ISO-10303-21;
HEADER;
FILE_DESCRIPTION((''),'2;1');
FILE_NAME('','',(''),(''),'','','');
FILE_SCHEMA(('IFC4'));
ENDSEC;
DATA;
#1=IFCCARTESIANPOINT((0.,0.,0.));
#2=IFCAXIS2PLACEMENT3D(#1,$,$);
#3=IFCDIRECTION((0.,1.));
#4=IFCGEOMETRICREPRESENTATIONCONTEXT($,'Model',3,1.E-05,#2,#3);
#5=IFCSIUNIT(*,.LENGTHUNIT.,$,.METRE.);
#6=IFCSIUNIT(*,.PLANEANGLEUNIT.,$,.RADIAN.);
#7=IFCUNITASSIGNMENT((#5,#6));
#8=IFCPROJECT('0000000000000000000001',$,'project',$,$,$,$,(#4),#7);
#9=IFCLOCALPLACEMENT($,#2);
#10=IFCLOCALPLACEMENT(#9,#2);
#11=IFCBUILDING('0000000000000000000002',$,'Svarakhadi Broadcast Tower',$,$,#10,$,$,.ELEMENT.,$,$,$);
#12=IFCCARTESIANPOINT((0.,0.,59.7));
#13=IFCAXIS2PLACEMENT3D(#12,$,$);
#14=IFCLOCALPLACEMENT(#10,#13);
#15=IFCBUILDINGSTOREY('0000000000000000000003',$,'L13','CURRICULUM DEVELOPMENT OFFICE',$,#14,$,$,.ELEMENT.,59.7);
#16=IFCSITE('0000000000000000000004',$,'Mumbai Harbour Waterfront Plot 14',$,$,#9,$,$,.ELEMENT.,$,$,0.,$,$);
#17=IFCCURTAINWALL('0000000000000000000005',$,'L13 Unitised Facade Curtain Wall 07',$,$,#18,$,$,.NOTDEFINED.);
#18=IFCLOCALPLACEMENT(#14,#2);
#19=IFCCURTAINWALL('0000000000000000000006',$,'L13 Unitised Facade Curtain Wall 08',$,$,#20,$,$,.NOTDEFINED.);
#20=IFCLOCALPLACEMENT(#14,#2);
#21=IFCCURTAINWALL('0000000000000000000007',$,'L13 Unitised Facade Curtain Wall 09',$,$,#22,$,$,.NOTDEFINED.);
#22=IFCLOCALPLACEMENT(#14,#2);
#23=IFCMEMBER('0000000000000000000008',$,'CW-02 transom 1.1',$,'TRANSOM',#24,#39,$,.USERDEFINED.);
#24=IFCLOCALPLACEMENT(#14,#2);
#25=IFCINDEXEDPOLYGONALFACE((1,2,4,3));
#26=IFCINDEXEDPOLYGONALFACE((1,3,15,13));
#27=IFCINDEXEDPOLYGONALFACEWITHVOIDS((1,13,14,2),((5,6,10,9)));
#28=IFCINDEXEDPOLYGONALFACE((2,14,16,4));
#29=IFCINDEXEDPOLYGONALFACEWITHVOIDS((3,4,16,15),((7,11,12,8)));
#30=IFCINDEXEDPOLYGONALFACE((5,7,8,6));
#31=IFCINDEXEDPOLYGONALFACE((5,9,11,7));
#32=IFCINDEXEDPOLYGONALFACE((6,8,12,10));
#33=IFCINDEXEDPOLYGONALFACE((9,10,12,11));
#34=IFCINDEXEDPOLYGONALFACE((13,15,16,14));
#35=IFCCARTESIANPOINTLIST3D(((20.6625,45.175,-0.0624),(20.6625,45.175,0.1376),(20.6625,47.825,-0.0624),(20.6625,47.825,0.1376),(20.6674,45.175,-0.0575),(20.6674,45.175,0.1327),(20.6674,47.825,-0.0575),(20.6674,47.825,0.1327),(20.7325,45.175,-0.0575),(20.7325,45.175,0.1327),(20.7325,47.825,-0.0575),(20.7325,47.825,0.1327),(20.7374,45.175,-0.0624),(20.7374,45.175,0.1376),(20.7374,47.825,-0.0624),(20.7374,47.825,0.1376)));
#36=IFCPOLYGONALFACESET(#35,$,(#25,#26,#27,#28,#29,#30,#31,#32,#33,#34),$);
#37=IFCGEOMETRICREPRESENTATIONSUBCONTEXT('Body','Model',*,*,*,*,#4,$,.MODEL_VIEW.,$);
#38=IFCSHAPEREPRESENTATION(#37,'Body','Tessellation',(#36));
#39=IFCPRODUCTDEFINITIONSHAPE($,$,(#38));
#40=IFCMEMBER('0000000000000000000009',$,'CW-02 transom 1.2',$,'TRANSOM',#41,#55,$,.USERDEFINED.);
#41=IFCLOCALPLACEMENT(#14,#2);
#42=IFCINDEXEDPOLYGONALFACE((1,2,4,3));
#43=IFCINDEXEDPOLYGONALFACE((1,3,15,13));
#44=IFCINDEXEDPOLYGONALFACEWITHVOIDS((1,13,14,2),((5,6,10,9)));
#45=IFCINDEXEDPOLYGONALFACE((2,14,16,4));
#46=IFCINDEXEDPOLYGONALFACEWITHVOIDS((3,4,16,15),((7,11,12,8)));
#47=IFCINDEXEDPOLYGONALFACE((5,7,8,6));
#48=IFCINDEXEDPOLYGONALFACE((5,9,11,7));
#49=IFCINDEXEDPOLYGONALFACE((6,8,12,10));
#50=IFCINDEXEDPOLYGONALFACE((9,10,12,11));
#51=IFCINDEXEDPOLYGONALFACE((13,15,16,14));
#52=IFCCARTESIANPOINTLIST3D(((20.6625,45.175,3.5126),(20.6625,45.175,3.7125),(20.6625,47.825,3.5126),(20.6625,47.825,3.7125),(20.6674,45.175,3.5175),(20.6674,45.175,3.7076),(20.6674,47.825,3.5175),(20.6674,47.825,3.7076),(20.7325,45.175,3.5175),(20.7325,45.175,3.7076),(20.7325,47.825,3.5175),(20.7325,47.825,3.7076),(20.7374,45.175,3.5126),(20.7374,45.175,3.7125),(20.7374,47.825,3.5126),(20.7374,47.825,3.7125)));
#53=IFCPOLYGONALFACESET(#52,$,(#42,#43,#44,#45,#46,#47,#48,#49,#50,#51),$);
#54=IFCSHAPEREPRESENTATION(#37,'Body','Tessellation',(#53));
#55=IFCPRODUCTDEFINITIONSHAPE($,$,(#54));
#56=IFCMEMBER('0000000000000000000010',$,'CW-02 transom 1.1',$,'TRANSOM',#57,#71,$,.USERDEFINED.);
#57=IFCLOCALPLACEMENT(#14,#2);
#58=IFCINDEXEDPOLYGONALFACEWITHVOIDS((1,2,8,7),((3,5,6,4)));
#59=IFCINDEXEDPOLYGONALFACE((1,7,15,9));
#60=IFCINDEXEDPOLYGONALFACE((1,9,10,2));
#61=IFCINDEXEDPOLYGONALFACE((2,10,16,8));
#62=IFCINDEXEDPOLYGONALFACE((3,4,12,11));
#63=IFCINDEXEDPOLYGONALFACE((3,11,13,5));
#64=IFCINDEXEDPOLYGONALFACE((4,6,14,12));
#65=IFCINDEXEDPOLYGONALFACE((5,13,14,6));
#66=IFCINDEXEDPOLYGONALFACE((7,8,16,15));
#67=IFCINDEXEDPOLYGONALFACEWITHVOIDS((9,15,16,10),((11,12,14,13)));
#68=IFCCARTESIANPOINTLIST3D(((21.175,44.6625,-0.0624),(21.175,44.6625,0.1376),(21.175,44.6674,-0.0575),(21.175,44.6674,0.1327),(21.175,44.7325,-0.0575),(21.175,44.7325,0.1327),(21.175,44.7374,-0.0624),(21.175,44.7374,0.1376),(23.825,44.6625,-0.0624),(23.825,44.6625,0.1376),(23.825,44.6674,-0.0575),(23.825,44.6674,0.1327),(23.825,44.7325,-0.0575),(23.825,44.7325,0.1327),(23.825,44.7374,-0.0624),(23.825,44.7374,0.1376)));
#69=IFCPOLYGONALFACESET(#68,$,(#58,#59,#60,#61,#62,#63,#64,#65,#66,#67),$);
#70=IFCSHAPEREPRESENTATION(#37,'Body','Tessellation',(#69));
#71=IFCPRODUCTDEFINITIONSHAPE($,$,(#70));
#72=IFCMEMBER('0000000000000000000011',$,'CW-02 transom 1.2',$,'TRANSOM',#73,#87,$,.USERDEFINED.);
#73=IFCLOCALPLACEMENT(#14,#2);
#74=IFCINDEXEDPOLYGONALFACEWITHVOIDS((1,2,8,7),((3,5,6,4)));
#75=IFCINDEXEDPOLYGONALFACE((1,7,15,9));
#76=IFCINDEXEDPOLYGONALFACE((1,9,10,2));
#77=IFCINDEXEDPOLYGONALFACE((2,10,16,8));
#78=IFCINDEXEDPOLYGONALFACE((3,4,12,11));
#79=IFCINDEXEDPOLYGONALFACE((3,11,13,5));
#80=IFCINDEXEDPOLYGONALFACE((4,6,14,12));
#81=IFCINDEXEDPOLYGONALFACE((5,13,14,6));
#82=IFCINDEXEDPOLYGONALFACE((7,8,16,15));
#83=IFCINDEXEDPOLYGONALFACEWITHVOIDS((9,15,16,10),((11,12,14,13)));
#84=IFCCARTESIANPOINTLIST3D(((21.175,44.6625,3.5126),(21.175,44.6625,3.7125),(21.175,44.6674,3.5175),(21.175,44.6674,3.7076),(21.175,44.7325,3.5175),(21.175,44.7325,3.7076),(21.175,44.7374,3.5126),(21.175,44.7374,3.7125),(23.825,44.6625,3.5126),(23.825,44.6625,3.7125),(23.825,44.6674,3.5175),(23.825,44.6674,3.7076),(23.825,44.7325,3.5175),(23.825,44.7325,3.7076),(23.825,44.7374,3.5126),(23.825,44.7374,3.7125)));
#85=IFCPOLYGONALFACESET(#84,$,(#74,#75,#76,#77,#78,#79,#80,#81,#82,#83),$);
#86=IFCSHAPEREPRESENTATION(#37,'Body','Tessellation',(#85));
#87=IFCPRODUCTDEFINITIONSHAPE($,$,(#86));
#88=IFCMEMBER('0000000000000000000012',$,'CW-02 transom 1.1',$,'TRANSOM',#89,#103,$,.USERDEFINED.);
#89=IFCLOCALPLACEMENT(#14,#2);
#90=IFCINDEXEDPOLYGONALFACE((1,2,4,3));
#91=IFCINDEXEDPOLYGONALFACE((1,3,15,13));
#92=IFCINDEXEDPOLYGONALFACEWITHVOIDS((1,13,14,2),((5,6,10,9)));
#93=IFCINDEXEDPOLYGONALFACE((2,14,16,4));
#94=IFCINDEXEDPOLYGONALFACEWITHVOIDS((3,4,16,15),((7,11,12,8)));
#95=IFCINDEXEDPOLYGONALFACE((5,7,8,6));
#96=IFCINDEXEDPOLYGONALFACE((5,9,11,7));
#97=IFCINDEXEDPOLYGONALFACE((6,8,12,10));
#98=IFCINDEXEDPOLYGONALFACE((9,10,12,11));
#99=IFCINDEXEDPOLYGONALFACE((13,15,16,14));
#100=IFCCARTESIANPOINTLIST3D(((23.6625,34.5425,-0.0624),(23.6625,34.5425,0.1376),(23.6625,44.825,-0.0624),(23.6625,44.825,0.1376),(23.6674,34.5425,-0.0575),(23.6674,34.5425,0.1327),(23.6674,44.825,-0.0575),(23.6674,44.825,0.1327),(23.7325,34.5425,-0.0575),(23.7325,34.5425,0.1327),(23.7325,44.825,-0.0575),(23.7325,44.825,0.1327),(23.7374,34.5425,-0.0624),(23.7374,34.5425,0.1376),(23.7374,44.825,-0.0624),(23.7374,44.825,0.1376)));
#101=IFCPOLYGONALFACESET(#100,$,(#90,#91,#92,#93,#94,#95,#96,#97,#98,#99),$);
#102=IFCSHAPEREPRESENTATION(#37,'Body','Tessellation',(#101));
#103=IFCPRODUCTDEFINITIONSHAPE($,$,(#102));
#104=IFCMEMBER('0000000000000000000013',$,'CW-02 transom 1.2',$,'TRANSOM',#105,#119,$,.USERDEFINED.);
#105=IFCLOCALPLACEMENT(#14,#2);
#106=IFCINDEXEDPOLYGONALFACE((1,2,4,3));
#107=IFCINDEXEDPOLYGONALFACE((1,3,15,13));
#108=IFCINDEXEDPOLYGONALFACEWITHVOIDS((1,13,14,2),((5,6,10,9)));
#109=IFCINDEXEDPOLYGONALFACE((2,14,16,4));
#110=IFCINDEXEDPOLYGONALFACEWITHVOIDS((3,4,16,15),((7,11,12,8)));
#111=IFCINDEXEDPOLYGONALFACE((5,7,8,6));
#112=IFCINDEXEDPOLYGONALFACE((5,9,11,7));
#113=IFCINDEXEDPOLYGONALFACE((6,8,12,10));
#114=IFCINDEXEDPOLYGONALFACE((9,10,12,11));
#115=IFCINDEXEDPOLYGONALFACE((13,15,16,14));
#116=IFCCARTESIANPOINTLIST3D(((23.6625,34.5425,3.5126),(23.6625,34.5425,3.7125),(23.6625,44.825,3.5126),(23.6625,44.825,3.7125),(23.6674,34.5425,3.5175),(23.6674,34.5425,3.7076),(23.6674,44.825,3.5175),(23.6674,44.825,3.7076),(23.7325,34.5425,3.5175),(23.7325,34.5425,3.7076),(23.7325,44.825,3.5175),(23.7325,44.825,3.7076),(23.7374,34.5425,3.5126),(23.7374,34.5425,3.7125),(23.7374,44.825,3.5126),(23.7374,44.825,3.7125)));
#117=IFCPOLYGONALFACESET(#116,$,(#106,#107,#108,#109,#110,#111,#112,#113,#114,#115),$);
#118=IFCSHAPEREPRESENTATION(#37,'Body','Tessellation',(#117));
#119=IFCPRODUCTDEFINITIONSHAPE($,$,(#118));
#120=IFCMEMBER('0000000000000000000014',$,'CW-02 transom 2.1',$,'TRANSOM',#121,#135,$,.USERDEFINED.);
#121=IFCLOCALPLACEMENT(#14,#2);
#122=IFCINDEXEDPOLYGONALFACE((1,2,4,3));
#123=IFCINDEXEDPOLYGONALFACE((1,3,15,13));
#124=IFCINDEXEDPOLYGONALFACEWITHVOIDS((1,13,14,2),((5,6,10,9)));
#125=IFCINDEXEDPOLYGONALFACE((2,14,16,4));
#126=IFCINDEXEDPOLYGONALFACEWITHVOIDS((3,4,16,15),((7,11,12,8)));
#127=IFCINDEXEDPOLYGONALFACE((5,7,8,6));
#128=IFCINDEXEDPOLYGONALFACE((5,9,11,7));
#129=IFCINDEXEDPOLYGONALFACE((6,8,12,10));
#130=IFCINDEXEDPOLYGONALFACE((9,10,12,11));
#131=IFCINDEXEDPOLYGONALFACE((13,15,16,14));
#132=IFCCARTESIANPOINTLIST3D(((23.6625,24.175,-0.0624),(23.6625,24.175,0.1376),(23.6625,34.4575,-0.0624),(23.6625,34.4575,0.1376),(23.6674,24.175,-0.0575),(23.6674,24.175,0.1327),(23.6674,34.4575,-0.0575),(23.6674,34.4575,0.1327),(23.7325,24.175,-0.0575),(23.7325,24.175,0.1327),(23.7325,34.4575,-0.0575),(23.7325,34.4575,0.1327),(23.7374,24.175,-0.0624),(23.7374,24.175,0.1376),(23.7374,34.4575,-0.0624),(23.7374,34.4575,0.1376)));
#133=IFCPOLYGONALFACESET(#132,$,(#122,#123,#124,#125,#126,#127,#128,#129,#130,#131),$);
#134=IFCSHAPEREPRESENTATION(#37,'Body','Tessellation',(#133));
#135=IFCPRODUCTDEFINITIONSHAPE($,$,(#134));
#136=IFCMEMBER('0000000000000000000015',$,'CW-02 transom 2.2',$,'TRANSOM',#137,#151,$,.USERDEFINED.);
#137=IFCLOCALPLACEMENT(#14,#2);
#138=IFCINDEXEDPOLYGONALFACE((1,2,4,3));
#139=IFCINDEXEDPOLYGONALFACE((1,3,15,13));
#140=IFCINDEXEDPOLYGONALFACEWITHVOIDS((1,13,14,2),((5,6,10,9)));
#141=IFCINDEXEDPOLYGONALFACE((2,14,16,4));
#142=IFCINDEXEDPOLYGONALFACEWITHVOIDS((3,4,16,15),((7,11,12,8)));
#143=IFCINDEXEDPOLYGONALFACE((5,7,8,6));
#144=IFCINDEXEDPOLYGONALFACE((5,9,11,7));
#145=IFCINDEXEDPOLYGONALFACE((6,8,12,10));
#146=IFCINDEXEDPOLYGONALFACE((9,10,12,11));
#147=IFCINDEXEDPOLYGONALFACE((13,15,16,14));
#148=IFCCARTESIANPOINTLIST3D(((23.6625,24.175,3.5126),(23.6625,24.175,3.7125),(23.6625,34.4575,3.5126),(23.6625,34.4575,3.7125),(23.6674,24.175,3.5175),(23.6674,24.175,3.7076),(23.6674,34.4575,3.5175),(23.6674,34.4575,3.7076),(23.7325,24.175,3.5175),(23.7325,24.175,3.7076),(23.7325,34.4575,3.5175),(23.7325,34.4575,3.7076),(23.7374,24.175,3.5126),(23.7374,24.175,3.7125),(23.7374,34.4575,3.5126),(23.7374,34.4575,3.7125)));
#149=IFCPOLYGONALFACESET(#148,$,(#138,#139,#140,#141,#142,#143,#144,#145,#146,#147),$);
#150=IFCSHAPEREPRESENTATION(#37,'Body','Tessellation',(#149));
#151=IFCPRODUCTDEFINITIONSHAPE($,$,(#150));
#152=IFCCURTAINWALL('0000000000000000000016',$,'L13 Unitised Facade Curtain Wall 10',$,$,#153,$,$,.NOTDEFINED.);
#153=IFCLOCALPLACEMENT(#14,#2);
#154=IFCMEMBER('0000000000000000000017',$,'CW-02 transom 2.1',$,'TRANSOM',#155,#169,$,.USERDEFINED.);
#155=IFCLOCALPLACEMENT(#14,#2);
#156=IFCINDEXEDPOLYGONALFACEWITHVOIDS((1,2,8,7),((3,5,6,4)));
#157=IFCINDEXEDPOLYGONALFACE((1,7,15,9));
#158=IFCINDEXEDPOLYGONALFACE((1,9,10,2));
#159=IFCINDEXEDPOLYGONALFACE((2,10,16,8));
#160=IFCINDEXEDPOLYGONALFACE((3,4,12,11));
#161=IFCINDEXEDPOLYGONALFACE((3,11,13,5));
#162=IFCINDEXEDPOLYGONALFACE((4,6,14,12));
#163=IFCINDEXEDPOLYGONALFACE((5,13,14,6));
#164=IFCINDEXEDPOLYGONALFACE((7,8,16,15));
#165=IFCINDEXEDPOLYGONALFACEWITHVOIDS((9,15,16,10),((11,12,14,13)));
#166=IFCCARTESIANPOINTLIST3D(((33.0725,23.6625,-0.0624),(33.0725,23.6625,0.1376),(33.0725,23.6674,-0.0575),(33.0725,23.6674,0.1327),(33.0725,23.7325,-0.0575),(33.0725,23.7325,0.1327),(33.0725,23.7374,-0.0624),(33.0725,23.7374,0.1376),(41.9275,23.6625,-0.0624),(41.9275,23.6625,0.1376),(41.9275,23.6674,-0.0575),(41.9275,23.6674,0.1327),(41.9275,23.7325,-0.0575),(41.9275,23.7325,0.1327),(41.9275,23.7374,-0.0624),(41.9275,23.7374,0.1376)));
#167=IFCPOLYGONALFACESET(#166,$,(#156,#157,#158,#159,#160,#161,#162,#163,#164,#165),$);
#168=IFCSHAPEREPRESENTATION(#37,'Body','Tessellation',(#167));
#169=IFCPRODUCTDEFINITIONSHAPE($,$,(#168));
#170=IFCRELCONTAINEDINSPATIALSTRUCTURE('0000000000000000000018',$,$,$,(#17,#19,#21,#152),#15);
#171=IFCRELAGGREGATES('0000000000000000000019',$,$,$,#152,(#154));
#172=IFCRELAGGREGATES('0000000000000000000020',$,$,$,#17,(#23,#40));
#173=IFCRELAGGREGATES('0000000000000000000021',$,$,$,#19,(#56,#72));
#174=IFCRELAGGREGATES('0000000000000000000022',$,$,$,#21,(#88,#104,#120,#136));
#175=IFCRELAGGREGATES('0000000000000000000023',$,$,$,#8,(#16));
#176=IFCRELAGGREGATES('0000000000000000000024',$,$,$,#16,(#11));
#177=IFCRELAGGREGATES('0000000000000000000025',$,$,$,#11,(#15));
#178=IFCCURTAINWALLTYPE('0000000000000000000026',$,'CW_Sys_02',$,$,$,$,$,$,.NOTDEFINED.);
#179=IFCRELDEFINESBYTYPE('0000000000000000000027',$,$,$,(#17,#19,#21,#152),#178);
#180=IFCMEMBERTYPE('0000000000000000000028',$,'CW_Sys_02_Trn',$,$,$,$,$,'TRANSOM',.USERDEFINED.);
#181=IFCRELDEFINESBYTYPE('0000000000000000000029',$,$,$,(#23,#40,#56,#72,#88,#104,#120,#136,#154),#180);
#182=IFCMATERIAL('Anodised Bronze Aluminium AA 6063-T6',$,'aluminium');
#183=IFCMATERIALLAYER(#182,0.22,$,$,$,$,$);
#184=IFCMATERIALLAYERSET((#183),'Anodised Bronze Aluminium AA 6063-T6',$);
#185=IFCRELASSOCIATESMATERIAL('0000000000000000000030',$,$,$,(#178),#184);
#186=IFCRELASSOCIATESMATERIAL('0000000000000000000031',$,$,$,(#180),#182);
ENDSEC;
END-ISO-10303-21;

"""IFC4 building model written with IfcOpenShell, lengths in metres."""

from ifc_helpers import new_model, si_unit, direction, frame, origin, origin_2d, place, context, subcontext, project, spatial, hollow_rectangle, extrude, material, layer, layer_set, material_profile, profile_set, type_object, element, aggregate, save


model = new_model("IFC4")

# Units and contexts
model_context = context("Model", 3, precision=1e-05, world=origin(), true_north=direction((0.0, 1.0)))
body_context = subcontext(model_context, "Body", "Model", "MODEL_VIEW")
ifc_project = project(units=[si_unit("LENGTHUNIT", "METRE"), si_unit("PLANEANGLEUNIT", "RADIAN")], contexts=[model_context])

# Site, building, storey
site_placement = place(None, origin())
site = spatial("IfcSite", under=ifc_project, at=site_placement, Name="Mumbai Harbour Waterfront Plot 14", CompositionType="ELEMENT", RefElevation=0.0)
building_placement = place(site_placement, origin())
building = spatial("IfcBuilding", under=site, at=building_placement, Name="Svarakhadi Broadcast Tower", CompositionType="ELEMENT")
storey_placement = place(building_placement, frame((0.0, 0.0, 59.7)))
storey = spatial("IfcBuildingStorey", under=building, at=storey_placement, Name="L13", Description="CURRICULUM DEVELOPMENT OFFICE", CompositionType="ELEMENT", Elevation=59.7)

# Curtain walls
ifc_material_1 = material(Name="Anodised Bronze Aluminium AA 6063-T6", Category="aluminium")
ifc_layer_1 = layer(ifc_material_1, 0.22)
ifc_layer_set_1 = layer_set([ifc_layer_1], Name="Anodised Bronze Aluminium AA 6063-T6")
curtain_wall_type = type_object("IfcCurtainWallType", Name="CW_Sys_02", PredefinedType="NOTDEFINED", material=ifc_layer_set_1)
curtain_wall_1_placement = place(storey_placement, origin())
curtain_wall_1 = element("IfcCurtainWall", 1, at=curtain_wall_1_placement, inside=storey, type_object=curtain_wall_type, Name="L13 Unitised Facade Curtain Wall 07", PredefinedType="NOTDEFINED")
curtain_wall_2_placement = place(storey_placement, origin())
curtain_wall_2 = element("IfcCurtainWall", 2, at=curtain_wall_2_placement, inside=storey, type_object=curtain_wall_type, Name="L13 Unitised Facade Curtain Wall 08", PredefinedType="NOTDEFINED")
curtain_wall_3_placement = place(storey_placement, origin())
curtain_wall_3 = element("IfcCurtainWall", 3, at=curtain_wall_3_placement, inside=storey, type_object=curtain_wall_type, Name="L13 Unitised Facade Curtain Wall 09", PredefinedType="NOTDEFINED")

# Members
ifc_material_profile_1 = material_profile(ifc_material_1, hollow_rectangle(XDim=0.075, YDim=0.2, WallThickness=0.0049, at=origin_2d()), Name="ALU TRANSOM 200x75x5")
ifc_profile_set_1 = profile_set([ifc_material_profile_1], Name="Anodised Bronze Aluminium AA 6063-T6")
member_type_1 = type_object("IfcMemberType", Name="CW_Sys_02_Trn", ElementType="TRANSOM", PredefinedType="USERDEFINED", material=ifc_profile_set_1)
member_1_placement = place(storey_placement, frame((20.7, 47.825, 0.0376), z_axis=(0.0, -1.0, 0.0), x_axis=(1.0, 0.0, 0.0)))
member_1 = element("IfcMember", 4, at=member_1_placement, type_object=member_type_1, Name="CW-02 transom 1.1", ObjectType="TRANSOM", PredefinedType="USERDEFINED", context=body_context, shape_type="SweptSolid", body=[
    extrude(hollow_rectangle(XDim=0.075, YDim=0.2, WallThickness=0.0049, at=origin_2d()), origin(), (0.0, 0.0, 1.0), 2.6499),
])
member_2_placement = place(storey_placement, frame((20.7, 47.825, 3.6125), z_axis=(0.0, -1.0, 0.0), x_axis=(1.0, 0.0, 0.0)))
member_2 = element("IfcMember", 5, at=member_2_placement, type_object=member_type_1, Name="CW-02 transom 1.2", ObjectType="TRANSOM", PredefinedType="USERDEFINED", context=body_context, shape_type="SweptSolid", body=[
    extrude(hollow_rectangle(XDim=0.075, YDim=0.2, WallThickness=0.0049, at=origin_2d()), origin(), (0.0, 0.0, 1.0), 2.6499),
])
member_3_placement = place(storey_placement, frame((21.175, 44.7, 0.0376), z_axis=(1.0, 0.0, 0.0), x_axis=(0.0, 1.0, 0.0)))
member_3 = element("IfcMember", 6, at=member_3_placement, type_object=member_type_1, Name="CW-02 transom 1.1", ObjectType="TRANSOM", PredefinedType="USERDEFINED", context=body_context, shape_type="SweptSolid", body=[
    extrude(hollow_rectangle(XDim=0.075, YDim=0.2, WallThickness=0.0049, at=origin_2d()), origin(), (0.0, 0.0, 1.0), 2.6499),
])
member_4_placement = place(storey_placement, frame((21.175, 44.7, 3.6125), z_axis=(1.0, 0.0, 0.0), x_axis=(0.0, 1.0, 0.0)))
member_4 = element("IfcMember", 7, at=member_4_placement, type_object=member_type_1, Name="CW-02 transom 1.2", ObjectType="TRANSOM", PredefinedType="USERDEFINED", context=body_context, shape_type="SweptSolid", body=[
    extrude(hollow_rectangle(XDim=0.075, YDim=0.2, WallThickness=0.0049, at=origin_2d()), origin(), (0.0, 0.0, 1.0), 2.6499),
])
member_5_placement = place(storey_placement, frame((23.7, 44.825, 0.0376), z_axis=(0.0, -1.0, 0.0), x_axis=(1.0, 0.0, 0.0)))
member_5 = element("IfcMember", 8, at=member_5_placement, type_object=member_type_1, Name="CW-02 transom 1.1", ObjectType="TRANSOM", PredefinedType="USERDEFINED", context=body_context, shape_type="SweptSolid", body=[
    extrude(hollow_rectangle(XDim=0.075, YDim=0.2, WallThickness=0.0049, at=origin_2d()), origin(), (0.0, 0.0, 1.0), 10.2825),
])
member_6_placement = place(storey_placement, frame((23.7, 44.825, 3.6125), z_axis=(0.0, -1.0, 0.0), x_axis=(1.0, 0.0, 0.0)))
member_6 = element("IfcMember", 9, at=member_6_placement, type_object=member_type_1, Name="CW-02 transom 1.2", ObjectType="TRANSOM", PredefinedType="USERDEFINED", context=body_context, shape_type="SweptSolid", body=[
    extrude(hollow_rectangle(XDim=0.075, YDim=0.2, WallThickness=0.0049, at=origin_2d()), origin(), (0.0, 0.0, 1.0), 10.2825),
])
member_7_placement = place(storey_placement, frame((23.7, 34.4575, 0.0376), z_axis=(0.0, -1.0, 0.0), x_axis=(1.0, 0.0, 0.0)))
member_7 = element("IfcMember", 10, at=member_7_placement, type_object=member_type_1, Name="CW-02 transom 2.1", ObjectType="TRANSOM", PredefinedType="USERDEFINED", context=body_context, shape_type="SweptSolid", body=[
    extrude(hollow_rectangle(XDim=0.075, YDim=0.2, WallThickness=0.0049, at=origin_2d()), origin(), (0.0, 0.0, 1.0), 10.2825),
])
member_8_placement = place(storey_placement, frame((23.7, 34.4575, 3.6125), z_axis=(0.0, -1.0, 0.0), x_axis=(1.0, 0.0, 0.0)))
member_8 = element("IfcMember", 11, at=member_8_placement, type_object=member_type_1, Name="CW-02 transom 2.2", ObjectType="TRANSOM", PredefinedType="USERDEFINED", context=body_context, shape_type="SweptSolid", body=[
    extrude(hollow_rectangle(XDim=0.075, YDim=0.2, WallThickness=0.0049, at=origin_2d()), origin(), (0.0, 0.0, 1.0), 10.2825),
])

# Curtain wall, member
curtain_wall_4_placement = place(storey_placement, origin())
curtain_wall_4 = element("IfcCurtainWall", 12, at=curtain_wall_4_placement, inside=storey, type_object=curtain_wall_type, Name="L13 Unitised Facade Curtain Wall 10", PredefinedType="NOTDEFINED")
member_9_placement = place(storey_placement, frame((33.0725, 23.7, 0.0376), z_axis=(1.0, 0.0, 0.0), x_axis=(0.0, 1.0, 0.0)))
member_9 = element("IfcMember", 13, at=member_9_placement, type_object=member_type_1, Name="CW-02 transom 2.1", ObjectType="TRANSOM", PredefinedType="USERDEFINED", context=body_context, shape_type="SweptSolid", body=[
    extrude(hollow_rectangle(XDim=0.075, YDim=0.2, WallThickness=0.0049, at=origin_2d()), origin(), (0.0, 0.0, 1.0), 8.855),
])
aggregate(curtain_wall_4, [member_9])

aggregate(curtain_wall_1, [member_1, member_2])
aggregate(curtain_wall_2, [member_3, member_4])
aggregate(curtain_wall_3, [member_5, member_6, member_7, member_8])

save(model, "model.ifc")
